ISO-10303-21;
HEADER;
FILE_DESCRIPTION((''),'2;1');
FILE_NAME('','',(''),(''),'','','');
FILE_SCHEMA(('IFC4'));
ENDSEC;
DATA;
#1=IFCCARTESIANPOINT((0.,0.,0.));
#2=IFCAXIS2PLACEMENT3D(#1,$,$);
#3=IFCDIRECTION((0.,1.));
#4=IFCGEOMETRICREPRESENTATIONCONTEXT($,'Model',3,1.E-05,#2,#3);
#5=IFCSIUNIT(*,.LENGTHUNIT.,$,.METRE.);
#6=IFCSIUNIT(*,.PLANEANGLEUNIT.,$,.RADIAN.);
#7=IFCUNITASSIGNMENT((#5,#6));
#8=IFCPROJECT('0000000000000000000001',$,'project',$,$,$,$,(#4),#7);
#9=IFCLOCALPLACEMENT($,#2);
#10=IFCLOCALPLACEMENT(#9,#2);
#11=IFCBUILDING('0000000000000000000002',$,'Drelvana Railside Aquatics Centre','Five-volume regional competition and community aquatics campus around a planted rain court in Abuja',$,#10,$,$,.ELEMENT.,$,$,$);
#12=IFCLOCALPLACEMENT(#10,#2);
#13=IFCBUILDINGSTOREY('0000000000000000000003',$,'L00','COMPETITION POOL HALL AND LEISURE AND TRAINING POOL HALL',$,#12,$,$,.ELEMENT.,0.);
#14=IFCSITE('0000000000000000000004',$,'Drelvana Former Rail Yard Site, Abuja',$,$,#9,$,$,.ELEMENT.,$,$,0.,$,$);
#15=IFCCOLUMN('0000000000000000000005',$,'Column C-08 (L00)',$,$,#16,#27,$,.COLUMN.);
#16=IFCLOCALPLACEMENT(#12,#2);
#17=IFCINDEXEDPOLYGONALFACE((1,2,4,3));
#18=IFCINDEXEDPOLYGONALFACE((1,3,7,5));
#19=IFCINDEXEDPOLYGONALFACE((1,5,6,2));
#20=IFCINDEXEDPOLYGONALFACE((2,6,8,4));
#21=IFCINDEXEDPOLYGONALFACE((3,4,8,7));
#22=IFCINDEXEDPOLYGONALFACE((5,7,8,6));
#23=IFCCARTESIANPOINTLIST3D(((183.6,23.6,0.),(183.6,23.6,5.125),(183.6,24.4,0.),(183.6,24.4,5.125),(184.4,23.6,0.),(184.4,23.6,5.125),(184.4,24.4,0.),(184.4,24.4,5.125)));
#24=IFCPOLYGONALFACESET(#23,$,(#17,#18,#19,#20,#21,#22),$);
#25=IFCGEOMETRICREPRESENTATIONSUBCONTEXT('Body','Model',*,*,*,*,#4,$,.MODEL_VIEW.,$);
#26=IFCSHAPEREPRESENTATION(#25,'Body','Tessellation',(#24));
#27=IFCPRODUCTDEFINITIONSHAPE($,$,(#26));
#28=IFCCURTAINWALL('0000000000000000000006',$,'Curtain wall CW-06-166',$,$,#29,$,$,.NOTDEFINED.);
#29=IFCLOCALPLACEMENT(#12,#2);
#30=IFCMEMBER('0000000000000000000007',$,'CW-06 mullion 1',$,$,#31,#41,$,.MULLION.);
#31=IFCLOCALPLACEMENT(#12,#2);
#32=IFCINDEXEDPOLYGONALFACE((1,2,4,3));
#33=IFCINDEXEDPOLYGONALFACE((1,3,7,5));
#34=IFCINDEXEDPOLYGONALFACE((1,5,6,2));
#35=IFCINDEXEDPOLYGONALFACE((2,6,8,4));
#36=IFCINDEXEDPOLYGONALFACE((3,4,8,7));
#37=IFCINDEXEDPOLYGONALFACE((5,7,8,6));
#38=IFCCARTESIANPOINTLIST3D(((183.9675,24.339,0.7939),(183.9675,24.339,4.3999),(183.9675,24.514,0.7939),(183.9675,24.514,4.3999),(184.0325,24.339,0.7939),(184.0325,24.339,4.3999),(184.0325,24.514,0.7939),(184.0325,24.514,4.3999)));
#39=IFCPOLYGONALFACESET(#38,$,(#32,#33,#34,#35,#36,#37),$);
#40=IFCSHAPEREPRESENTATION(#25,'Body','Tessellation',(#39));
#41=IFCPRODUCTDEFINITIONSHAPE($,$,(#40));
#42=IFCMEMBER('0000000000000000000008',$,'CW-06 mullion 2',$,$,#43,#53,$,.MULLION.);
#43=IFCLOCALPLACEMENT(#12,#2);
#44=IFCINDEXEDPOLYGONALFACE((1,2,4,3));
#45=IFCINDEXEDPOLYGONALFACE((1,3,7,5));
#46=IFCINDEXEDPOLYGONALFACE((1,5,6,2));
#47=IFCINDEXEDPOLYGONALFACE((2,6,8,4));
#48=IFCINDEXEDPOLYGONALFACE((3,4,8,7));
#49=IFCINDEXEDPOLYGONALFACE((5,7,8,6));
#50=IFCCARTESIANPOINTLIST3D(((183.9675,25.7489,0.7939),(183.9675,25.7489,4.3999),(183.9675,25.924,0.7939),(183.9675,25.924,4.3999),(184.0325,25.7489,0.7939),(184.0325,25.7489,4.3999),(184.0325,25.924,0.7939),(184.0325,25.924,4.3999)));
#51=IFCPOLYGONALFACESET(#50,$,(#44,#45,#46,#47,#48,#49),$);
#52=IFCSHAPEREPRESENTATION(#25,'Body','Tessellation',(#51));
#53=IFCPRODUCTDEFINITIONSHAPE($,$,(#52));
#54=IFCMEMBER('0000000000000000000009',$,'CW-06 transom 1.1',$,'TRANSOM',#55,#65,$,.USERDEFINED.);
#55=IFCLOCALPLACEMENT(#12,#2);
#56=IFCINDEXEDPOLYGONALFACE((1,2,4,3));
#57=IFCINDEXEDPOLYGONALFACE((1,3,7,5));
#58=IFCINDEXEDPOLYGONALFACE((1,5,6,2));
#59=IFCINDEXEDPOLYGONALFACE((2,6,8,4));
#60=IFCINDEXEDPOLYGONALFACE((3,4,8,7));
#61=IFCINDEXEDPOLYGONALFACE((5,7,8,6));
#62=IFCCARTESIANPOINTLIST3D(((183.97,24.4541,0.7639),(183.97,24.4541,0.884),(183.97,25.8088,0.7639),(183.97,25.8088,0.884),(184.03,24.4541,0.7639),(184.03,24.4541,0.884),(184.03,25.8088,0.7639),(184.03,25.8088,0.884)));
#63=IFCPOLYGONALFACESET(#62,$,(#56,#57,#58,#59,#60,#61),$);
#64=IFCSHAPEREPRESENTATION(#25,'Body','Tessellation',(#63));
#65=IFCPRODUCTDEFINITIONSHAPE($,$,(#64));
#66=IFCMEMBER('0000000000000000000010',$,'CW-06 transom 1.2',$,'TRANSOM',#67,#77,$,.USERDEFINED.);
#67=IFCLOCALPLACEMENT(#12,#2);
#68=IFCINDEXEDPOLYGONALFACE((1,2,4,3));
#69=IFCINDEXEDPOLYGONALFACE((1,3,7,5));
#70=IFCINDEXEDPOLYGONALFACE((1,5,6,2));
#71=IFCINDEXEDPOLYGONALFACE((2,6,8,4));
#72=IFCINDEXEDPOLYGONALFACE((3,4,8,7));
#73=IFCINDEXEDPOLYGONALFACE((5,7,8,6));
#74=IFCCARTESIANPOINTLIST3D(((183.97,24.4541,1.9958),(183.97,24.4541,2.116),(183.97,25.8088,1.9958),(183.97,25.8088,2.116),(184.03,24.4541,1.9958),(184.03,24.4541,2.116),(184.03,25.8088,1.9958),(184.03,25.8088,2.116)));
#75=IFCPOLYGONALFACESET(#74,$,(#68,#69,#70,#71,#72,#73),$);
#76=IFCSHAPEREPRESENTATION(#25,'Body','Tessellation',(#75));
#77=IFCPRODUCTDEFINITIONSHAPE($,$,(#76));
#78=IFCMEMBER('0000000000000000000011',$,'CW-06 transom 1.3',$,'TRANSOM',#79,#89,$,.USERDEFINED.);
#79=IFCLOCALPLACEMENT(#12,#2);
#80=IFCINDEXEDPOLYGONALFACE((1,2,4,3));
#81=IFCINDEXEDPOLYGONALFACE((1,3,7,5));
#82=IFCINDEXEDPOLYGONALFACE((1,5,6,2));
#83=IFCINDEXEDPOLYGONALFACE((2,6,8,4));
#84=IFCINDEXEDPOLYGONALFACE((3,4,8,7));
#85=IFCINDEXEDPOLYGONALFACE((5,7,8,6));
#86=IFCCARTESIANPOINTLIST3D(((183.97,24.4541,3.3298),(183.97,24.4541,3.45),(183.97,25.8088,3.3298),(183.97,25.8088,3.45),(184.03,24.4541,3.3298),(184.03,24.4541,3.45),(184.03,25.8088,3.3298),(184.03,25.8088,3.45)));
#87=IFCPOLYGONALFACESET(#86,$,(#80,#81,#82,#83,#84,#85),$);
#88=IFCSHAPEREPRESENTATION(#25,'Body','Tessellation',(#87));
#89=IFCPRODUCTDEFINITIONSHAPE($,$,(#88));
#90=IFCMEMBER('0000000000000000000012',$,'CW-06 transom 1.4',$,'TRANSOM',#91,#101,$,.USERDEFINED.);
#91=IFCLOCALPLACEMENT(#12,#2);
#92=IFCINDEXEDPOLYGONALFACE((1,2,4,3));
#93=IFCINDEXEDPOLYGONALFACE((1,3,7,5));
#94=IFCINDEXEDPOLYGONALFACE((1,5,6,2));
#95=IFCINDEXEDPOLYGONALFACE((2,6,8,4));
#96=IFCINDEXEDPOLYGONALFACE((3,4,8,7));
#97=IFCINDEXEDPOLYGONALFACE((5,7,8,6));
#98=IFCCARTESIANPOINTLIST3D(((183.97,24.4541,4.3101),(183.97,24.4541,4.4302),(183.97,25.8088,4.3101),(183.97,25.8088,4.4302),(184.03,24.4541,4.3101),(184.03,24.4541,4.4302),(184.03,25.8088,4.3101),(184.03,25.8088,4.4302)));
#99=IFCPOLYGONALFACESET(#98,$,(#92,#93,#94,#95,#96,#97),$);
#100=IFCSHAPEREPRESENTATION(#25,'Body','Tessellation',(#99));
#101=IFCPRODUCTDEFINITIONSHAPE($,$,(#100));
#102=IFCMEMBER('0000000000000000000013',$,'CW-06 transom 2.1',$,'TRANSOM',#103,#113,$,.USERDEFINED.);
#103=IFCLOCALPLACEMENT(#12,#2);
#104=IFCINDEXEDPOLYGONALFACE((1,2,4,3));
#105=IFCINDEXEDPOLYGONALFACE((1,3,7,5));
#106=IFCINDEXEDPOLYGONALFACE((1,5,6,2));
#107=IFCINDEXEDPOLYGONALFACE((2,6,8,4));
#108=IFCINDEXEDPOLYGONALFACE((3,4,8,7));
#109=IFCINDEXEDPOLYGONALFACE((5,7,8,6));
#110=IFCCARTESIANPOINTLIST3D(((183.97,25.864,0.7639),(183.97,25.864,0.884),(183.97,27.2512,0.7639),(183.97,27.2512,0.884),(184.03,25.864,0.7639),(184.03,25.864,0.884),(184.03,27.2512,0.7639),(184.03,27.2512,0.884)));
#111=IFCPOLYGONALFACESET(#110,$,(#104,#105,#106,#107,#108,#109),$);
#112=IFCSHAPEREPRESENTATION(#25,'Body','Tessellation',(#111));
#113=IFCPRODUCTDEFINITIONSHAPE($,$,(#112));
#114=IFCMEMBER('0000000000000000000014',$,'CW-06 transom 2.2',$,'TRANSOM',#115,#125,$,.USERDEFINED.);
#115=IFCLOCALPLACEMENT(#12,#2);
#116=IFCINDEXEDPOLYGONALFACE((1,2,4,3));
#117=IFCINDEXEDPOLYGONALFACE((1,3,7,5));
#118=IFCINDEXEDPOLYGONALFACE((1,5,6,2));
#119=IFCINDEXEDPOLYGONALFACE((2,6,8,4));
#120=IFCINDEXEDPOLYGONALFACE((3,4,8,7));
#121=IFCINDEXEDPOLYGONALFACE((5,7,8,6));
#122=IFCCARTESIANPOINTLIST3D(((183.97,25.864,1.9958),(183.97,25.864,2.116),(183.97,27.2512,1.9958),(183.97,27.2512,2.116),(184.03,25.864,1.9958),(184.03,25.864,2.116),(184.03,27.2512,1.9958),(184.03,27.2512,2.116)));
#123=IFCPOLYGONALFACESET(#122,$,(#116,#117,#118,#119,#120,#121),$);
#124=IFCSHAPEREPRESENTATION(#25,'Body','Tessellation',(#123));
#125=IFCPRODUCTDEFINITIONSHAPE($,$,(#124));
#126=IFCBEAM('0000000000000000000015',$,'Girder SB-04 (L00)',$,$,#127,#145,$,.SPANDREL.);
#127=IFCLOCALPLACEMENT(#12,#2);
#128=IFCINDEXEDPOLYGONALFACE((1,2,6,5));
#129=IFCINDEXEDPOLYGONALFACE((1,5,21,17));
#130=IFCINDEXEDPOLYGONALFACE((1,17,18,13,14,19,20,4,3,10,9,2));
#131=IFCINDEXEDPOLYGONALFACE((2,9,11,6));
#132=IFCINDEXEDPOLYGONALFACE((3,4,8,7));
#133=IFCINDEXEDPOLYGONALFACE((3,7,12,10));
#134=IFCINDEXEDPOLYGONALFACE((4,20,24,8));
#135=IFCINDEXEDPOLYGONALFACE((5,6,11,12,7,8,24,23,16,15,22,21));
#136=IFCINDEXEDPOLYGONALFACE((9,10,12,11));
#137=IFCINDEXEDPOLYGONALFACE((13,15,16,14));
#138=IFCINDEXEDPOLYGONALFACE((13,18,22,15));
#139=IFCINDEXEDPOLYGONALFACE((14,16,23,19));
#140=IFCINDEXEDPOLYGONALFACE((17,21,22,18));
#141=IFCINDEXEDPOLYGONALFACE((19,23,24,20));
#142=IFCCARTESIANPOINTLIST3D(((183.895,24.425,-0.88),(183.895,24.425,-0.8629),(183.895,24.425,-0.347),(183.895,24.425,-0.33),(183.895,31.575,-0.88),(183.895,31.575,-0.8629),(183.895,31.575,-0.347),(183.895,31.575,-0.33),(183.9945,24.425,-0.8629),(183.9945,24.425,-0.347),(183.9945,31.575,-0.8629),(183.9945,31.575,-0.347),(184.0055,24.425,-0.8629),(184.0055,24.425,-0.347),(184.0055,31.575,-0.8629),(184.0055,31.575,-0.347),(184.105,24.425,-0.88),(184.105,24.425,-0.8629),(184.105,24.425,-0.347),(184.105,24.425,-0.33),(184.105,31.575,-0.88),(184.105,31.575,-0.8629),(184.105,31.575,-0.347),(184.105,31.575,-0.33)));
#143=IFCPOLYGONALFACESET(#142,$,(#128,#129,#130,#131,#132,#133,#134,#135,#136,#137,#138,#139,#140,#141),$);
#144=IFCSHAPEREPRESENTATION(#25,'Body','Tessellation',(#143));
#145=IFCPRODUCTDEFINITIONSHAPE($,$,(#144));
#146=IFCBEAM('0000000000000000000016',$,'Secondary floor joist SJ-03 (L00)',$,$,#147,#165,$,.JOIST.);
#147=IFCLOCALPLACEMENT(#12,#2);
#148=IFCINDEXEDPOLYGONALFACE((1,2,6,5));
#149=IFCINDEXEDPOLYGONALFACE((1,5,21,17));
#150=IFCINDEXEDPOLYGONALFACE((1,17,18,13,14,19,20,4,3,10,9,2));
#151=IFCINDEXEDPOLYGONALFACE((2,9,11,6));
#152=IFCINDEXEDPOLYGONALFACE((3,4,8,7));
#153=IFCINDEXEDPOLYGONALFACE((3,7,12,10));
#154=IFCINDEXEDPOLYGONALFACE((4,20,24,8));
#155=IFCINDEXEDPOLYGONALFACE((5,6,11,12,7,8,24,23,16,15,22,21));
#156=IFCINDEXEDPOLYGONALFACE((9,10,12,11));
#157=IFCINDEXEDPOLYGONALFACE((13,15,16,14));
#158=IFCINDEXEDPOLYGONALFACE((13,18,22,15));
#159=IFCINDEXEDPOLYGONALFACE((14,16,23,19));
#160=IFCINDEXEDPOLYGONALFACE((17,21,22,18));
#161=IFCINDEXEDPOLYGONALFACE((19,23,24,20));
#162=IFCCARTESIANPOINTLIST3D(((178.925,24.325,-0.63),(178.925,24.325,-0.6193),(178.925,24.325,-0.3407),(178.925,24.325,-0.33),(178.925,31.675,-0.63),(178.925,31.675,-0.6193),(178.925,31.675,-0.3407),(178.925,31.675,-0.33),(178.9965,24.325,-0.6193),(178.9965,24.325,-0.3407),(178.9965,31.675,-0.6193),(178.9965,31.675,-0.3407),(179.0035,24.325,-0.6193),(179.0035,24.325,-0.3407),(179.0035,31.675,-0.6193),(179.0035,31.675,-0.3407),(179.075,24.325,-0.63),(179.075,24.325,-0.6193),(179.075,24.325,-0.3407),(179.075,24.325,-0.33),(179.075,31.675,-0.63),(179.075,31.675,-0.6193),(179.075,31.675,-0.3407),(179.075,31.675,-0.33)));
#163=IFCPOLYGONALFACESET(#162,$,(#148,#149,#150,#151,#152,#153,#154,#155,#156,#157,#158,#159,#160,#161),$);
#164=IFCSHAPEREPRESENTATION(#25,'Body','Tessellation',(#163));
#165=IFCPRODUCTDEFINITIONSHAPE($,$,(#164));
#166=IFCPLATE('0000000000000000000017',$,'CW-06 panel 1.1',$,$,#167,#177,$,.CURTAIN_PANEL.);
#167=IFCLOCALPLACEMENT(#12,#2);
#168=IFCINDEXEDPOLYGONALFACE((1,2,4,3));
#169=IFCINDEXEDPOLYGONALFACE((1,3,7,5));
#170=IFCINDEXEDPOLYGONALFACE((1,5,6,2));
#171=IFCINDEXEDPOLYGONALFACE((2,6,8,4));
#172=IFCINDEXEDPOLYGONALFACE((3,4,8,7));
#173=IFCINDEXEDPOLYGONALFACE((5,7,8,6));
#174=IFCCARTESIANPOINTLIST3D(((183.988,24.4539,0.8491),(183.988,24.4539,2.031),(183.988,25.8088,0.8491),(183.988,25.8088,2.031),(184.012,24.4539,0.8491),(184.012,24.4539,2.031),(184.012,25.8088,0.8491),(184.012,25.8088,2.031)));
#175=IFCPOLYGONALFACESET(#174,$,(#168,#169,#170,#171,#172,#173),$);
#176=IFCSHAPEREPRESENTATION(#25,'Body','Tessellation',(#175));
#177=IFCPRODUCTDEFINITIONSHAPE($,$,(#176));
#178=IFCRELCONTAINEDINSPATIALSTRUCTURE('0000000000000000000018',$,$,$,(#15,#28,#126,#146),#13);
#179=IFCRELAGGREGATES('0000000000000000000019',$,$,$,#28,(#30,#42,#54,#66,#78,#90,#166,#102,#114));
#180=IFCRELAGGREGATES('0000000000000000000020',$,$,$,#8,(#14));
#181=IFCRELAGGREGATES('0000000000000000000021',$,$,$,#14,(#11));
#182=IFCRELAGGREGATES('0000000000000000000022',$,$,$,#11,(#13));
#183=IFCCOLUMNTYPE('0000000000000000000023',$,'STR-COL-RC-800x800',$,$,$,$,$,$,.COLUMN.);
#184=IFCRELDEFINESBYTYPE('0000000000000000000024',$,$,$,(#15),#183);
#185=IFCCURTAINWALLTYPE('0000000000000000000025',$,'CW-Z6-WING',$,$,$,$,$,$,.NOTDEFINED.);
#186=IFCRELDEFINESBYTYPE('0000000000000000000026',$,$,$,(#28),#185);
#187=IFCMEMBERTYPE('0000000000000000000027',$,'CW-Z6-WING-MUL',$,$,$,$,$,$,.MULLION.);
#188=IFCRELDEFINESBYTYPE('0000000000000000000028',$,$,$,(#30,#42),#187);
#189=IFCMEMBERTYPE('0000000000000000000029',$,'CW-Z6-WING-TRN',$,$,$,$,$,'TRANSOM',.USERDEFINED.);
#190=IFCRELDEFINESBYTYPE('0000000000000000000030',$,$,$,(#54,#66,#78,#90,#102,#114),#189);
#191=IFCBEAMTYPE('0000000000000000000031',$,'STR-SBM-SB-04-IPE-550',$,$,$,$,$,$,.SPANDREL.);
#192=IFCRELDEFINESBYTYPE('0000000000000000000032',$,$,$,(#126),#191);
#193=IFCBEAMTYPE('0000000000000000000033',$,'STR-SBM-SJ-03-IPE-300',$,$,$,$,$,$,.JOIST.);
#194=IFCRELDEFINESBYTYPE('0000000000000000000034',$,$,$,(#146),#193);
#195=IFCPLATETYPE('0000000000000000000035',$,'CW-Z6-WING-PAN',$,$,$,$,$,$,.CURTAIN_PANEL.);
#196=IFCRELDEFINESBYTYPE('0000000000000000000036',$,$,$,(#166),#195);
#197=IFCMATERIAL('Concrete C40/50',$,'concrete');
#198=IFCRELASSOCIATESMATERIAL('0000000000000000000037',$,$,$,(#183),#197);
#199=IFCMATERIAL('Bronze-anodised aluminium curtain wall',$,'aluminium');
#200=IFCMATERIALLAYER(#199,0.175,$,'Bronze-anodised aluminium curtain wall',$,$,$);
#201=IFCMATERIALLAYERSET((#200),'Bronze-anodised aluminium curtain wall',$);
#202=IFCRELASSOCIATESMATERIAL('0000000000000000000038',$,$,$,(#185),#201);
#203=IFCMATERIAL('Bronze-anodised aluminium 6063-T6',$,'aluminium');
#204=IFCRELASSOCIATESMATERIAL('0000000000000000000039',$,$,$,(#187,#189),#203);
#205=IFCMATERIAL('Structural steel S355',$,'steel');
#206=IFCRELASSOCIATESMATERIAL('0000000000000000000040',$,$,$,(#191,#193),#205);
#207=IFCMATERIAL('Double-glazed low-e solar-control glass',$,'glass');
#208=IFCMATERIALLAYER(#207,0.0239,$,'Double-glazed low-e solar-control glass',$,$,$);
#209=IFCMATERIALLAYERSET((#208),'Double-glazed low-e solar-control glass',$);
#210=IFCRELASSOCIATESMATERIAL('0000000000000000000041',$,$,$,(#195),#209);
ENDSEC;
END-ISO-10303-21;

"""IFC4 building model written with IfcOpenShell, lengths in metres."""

from ifc_helpers import new_model, si_unit, direction, frame, origin, origin_2d, place, context, subcontext, project, spatial, rectangle, i_section, extrude, material, layer, layer_set, material_profile, profile_set, type_object, element, aggregate, save


model = new_model("IFC4")

# Units and contexts
model_context = context("Model", 3, precision=1e-05, world=origin(), true_north=direction((0.0, 1.0)))
body_context = subcontext(model_context, "Body", "Model", "MODEL_VIEW")
ifc_project = project(units=[si_unit("LENGTHUNIT", "METRE"), si_unit("PLANEANGLEUNIT", "RADIAN")], contexts=[model_context])

# Site, building, storey
site_placement = place(None, origin())
site = spatial("IfcSite", under=ifc_project, at=site_placement, Name="Drelvana Former Rail Yard Site, Abuja", CompositionType="ELEMENT", RefElevation=0.0)
building_placement = place(site_placement, origin())
building = spatial("IfcBuilding", under=site, at=building_placement, Name="Drelvana Railside Aquatics Centre", Description="Five-volume regional competition and community aquatics campus around a planted rain court in Abuja", CompositionType="ELEMENT")
storey_placement = place(building_placement, origin())
storey = spatial("IfcBuildingStorey", under=building, at=storey_placement, Name="L00", Description="COMPETITION POOL HALL AND LEISURE AND TRAINING POOL HALL", CompositionType="ELEMENT", Elevation=0.0)

# Column
ifc_material_1 = material(Name="Concrete C40/50", Category="concrete")
ifc_material_profile_1 = material_profile(ifc_material_1, rectangle(XDim=0.8, YDim=0.8, at=origin_2d()), Name="RC 800x800")
ifc_profile_set_1 = profile_set([ifc_material_profile_1], Name="Concrete C40/50")
column_type = type_object("IfcColumnType", Name="STR-COL-RC-800x800", PredefinedType="COLUMN", material=ifc_profile_set_1)
column_placement = place(storey_placement, frame((184.0, 24.0, 0.0), z_axis=(0.0, 0.0, 1.0), x_axis=(1.0, 0.0, 0.0)))
element("IfcColumn", 1, at=column_placement, inside=storey, type_object=column_type, Name="Column C-08 (L00)", PredefinedType="COLUMN", context=body_context, shape_type="SweptSolid", body=[
    extrude(rectangle(XDim=0.8, YDim=0.8, at=origin_2d()), origin(), (0.0, 0.0, 1.0), 5.125),
])

# Curtain wall, members
ifc_material_2 = material(Name="Bronze-anodised aluminium curtain wall", Category="aluminium")
ifc_layer_1 = layer(ifc_material_2, 0.175, Name="Bronze-anodised aluminium curtain wall")
ifc_layer_set_1 = layer_set([ifc_layer_1], Name="Bronze-anodised aluminium curtain wall")
curtain_wall_type = type_object("IfcCurtainWallType", Name="CW-Z6-WING", PredefinedType="NOTDEFINED", material=ifc_layer_set_1)
curtain_wall_placement = place(storey_placement, origin())
curtain_wall = element("IfcCurtainWall", 2, at=curtain_wall_placement, inside=storey, type_object=curtain_wall_type, Name="Curtain wall CW-06-166", PredefinedType="NOTDEFINED")
ifc_material_3 = material(Name="Bronze-anodised aluminium 6063-T6", Category="aluminium")
ifc_material_profile_2 = material_profile(ifc_material_3, rectangle(XDim=0.0649, YDim=0.175, at=origin_2d()), Name="ALU-M 65x175")
ifc_profile_set_2 = profile_set([ifc_material_profile_2], Name="Bronze-anodised aluminium 6063-T6")
member_type_1 = type_object("IfcMemberType", Name="CW-Z6-WING-MUL", PredefinedType="MULLION", material=ifc_profile_set_2)
member_1_placement = place(storey_placement, frame((184.0, 24.4265, 0.7939), z_axis=(0.0, 0.0, 1.0), x_axis=(-1.0, 0.0, 0.0)))
member_1 = element("IfcMember", 3, at=member_1_placement, type_object=member_type_1, Name="CW-06 mullion 1", PredefinedType="MULLION", context=body_context, shape_type="SweptSolid", body=[
    extrude(rectangle(XDim=0.0649, YDim=0.175, at=origin_2d()), origin(), (0.0, 0.0, 1.0), 3.606),
])
member_2_placement = place(storey_placement, frame((184.0, 25.8364, 0.7939), z_axis=(0.0, 0.0, 1.0), x_axis=(-1.0, 0.0, 0.0)))
member_2 = element("IfcMember", 4, at=member_2_placement, type_object=member_type_1, Name="CW-06 mullion 2", PredefinedType="MULLION", context=body_context, shape_type="SweptSolid", body=[
    extrude(rectangle(XDim=0.0649, YDim=0.175, at=origin_2d()), origin(), (0.0, 0.0, 1.0), 3.606),
])
ifc_material_profile_3 = material_profile(ifc_material_3, rectangle(XDim=0.1201, YDim=0.0601, at=origin_2d()), Name="ALU-T 60x120")
ifc_profile_set_3 = profile_set([ifc_material_profile_3], Name="Bronze-anodised aluminium 6063-T6")
member_type_2 = type_object("IfcMemberType", Name="CW-Z6-WING-TRN", ElementType="TRANSOM", PredefinedType="USERDEFINED", material=ifc_profile_set_3)
member_3_placement = place(storey_placement, frame((184.0, 24.4541, 0.824), z_axis=(0.0, 1.0, 0.0), x_axis=(0.0, 0.0, 1.0)))
member_3 = element("IfcMember", 5, at=member_3_placement, type_object=member_type_2, Name="CW-06 transom 1.1", ObjectType="TRANSOM", PredefinedType="USERDEFINED", context=body_context, shape_type="SweptSolid", body=[
    extrude(rectangle(XDim=0.1201, YDim=0.0601, at=origin_2d()), origin(), (0.0, 0.0, 1.0), 1.3547),
])
member_4_placement = place(storey_placement, frame((184.0, 24.4541, 2.0559), z_axis=(0.0, 1.0, 0.0), x_axis=(0.0, 0.0, 1.0)))
member_4 = element("IfcMember", 6, at=member_4_placement, type_object=member_type_2, Name="CW-06 transom 1.2", ObjectType="TRANSOM", PredefinedType="USERDEFINED", context=body_context, shape_type="SweptSolid", body=[
    extrude(rectangle(XDim=0.1201, YDim=0.0601, at=origin_2d()), origin(), (0.0, 0.0, 1.0), 1.3547),
])
member_5_placement = place(storey_placement, frame((184.0, 24.4541, 3.3899), z_axis=(0.0, 1.0, 0.0), x_axis=(0.0, 0.0, 1.0)))
member_5 = element("IfcMember", 7, at=member_5_placement, type_object=member_type_2, Name="CW-06 transom 1.3", ObjectType="TRANSOM", PredefinedType="USERDEFINED", context=body_context, shape_type="SweptSolid", body=[
    extrude(rectangle(XDim=0.1201, YDim=0.0601, at=origin_2d()), origin(), (0.0, 0.0, 1.0), 1.3547),
])
member_6_placement = place(storey_placement, frame((184.0, 24.4541, 4.3701), z_axis=(0.0, 1.0, 0.0), x_axis=(0.0, 0.0, 1.0)))
member_6 = element("IfcMember", 8, at=member_6_placement, type_object=member_type_2, Name="CW-06 transom 1.4", ObjectType="TRANSOM", PredefinedType="USERDEFINED", context=body_context, shape_type="SweptSolid", body=[
    extrude(rectangle(XDim=0.1201, YDim=0.0601, at=origin_2d()), origin(), (0.0, 0.0, 1.0), 1.3547),
])
member_7_placement = place(storey_placement, frame((184.0, 25.864, 0.824), z_axis=(0.0, 1.0, 0.0), x_axis=(0.0, 0.0, 1.0)))
member_7 = element("IfcMember", 9, at=member_7_placement, type_object=member_type_2, Name="CW-06 transom 2.1", ObjectType="TRANSOM", PredefinedType="USERDEFINED", context=body_context, shape_type="SweptSolid", body=[
    extrude(rectangle(XDim=0.1201, YDim=0.0601, at=origin_2d()), origin(), (0.0, 0.0, 1.0), 1.3872),
])
member_8_placement = place(storey_placement, frame((184.0, 25.864, 2.0559), z_axis=(0.0, 1.0, 0.0), x_axis=(0.0, 0.0, 1.0)))
member_8 = element("IfcMember", 10, at=member_8_placement, type_object=member_type_2, Name="CW-06 transom 2.2", ObjectType="TRANSOM", PredefinedType="USERDEFINED", context=body_context, shape_type="SweptSolid", body=[
    extrude(rectangle(XDim=0.1201, YDim=0.0601, at=origin_2d()), origin(), (0.0, 0.0, 1.0), 1.3872),
])

# Beams
ifc_material_4 = material(Name="Structural steel S355", Category="steel")
ifc_material_profile_4 = material_profile(ifc_material_4, i_section(OverallWidth=0.21, OverallDepth=0.55, WebThickness=0.011, FlangeThickness=0.0171, at=origin_2d()), Name="IPE 550")
ifc_profile_set_4 = profile_set([ifc_material_profile_4], Name="Structural steel S355")
beam_type_1 = type_object("IfcBeamType", Name="STR-SBM-SB-04-IPE-550", PredefinedType="SPANDREL", material=ifc_profile_set_4)
beam_1_placement = place(storey_placement, frame((184.0, 24.425, -0.605), z_axis=(0.0, 1.0, 0.0), x_axis=(-1.0, 0.0, 0.0)))
element("IfcBeam", 11, at=beam_1_placement, inside=storey, type_object=beam_type_1, Name="Girder SB-04 (L00)", PredefinedType="SPANDREL", context=body_context, shape_type="SweptSolid", body=[
    extrude(i_section(OverallWidth=0.21, OverallDepth=0.55, WebThickness=0.011, FlangeThickness=0.0171, at=origin_2d()), origin(), (0.0, 0.0, 1.0), 7.1499),
])
ifc_material_profile_5 = material_profile(ifc_material_4, i_section(OverallWidth=0.1499, OverallDepth=0.3, WebThickness=0.0071, FlangeThickness=0.0107, at=origin_2d()), Name="IPE 300")
ifc_profile_set_5 = profile_set([ifc_material_profile_5], Name="Structural steel S355")
beam_type_2 = type_object("IfcBeamType", Name="STR-SBM-SJ-03-IPE-300", PredefinedType="JOIST", material=ifc_profile_set_5)
beam_2_placement = place(storey_placement, frame((179.0, 24.325, -0.48), z_axis=(0.0, 1.0, 0.0), x_axis=(-1.0, 0.0, 0.0)))
element("IfcBeam", 12, at=beam_2_placement, inside=storey, type_object=beam_type_2, Name="Secondary floor joist SJ-03 (L00)", PredefinedType="JOIST", context=body_context, shape_type="SweptSolid", body=[
    extrude(i_section(OverallWidth=0.1499, OverallDepth=0.3, WebThickness=0.0071, FlangeThickness=0.0107, at=origin_2d()), origin(), (0.0, 0.0, 1.0), 7.3501),
])

# Plate
ifc_material_5 = material(Name="Double-glazed low-e solar-control glass", Category="glass")
ifc_layer_2 = layer(ifc_material_5, 0.0239, Name="Double-glazed low-e solar-control glass")
ifc_layer_set_2 = layer_set([ifc_layer_2], Name="Double-glazed low-e solar-control glass")
plate_type = type_object("IfcPlateType", Name="CW-Z6-WING-PAN", PredefinedType="CURTAIN_PANEL", material=ifc_layer_set_2)
plate_1_placement = place(storey_placement, frame((184.0, 25.1313, 0.8491), z_axis=(0.0, 0.0, 1.0), x_axis=(0.0, 1.0, 0.0)))
plate_1 = element("IfcPlate", 13, at=plate_1_placement, type_object=plate_type, Name="CW-06 panel 1.1", PredefinedType="CURTAIN_PANEL", context=body_context, shape_type="SweptSolid", body=[
    extrude(rectangle(XDim=1.355, YDim=0.0239, at=origin_2d()), origin(), (0.0, 0.0, 1.0), 1.1819),
])
aggregate(curtain_wall, [member_1, member_2, member_3, member_4, member_5, member_6, plate_1, member_7, member_8])

save(model, "model.ifc")
